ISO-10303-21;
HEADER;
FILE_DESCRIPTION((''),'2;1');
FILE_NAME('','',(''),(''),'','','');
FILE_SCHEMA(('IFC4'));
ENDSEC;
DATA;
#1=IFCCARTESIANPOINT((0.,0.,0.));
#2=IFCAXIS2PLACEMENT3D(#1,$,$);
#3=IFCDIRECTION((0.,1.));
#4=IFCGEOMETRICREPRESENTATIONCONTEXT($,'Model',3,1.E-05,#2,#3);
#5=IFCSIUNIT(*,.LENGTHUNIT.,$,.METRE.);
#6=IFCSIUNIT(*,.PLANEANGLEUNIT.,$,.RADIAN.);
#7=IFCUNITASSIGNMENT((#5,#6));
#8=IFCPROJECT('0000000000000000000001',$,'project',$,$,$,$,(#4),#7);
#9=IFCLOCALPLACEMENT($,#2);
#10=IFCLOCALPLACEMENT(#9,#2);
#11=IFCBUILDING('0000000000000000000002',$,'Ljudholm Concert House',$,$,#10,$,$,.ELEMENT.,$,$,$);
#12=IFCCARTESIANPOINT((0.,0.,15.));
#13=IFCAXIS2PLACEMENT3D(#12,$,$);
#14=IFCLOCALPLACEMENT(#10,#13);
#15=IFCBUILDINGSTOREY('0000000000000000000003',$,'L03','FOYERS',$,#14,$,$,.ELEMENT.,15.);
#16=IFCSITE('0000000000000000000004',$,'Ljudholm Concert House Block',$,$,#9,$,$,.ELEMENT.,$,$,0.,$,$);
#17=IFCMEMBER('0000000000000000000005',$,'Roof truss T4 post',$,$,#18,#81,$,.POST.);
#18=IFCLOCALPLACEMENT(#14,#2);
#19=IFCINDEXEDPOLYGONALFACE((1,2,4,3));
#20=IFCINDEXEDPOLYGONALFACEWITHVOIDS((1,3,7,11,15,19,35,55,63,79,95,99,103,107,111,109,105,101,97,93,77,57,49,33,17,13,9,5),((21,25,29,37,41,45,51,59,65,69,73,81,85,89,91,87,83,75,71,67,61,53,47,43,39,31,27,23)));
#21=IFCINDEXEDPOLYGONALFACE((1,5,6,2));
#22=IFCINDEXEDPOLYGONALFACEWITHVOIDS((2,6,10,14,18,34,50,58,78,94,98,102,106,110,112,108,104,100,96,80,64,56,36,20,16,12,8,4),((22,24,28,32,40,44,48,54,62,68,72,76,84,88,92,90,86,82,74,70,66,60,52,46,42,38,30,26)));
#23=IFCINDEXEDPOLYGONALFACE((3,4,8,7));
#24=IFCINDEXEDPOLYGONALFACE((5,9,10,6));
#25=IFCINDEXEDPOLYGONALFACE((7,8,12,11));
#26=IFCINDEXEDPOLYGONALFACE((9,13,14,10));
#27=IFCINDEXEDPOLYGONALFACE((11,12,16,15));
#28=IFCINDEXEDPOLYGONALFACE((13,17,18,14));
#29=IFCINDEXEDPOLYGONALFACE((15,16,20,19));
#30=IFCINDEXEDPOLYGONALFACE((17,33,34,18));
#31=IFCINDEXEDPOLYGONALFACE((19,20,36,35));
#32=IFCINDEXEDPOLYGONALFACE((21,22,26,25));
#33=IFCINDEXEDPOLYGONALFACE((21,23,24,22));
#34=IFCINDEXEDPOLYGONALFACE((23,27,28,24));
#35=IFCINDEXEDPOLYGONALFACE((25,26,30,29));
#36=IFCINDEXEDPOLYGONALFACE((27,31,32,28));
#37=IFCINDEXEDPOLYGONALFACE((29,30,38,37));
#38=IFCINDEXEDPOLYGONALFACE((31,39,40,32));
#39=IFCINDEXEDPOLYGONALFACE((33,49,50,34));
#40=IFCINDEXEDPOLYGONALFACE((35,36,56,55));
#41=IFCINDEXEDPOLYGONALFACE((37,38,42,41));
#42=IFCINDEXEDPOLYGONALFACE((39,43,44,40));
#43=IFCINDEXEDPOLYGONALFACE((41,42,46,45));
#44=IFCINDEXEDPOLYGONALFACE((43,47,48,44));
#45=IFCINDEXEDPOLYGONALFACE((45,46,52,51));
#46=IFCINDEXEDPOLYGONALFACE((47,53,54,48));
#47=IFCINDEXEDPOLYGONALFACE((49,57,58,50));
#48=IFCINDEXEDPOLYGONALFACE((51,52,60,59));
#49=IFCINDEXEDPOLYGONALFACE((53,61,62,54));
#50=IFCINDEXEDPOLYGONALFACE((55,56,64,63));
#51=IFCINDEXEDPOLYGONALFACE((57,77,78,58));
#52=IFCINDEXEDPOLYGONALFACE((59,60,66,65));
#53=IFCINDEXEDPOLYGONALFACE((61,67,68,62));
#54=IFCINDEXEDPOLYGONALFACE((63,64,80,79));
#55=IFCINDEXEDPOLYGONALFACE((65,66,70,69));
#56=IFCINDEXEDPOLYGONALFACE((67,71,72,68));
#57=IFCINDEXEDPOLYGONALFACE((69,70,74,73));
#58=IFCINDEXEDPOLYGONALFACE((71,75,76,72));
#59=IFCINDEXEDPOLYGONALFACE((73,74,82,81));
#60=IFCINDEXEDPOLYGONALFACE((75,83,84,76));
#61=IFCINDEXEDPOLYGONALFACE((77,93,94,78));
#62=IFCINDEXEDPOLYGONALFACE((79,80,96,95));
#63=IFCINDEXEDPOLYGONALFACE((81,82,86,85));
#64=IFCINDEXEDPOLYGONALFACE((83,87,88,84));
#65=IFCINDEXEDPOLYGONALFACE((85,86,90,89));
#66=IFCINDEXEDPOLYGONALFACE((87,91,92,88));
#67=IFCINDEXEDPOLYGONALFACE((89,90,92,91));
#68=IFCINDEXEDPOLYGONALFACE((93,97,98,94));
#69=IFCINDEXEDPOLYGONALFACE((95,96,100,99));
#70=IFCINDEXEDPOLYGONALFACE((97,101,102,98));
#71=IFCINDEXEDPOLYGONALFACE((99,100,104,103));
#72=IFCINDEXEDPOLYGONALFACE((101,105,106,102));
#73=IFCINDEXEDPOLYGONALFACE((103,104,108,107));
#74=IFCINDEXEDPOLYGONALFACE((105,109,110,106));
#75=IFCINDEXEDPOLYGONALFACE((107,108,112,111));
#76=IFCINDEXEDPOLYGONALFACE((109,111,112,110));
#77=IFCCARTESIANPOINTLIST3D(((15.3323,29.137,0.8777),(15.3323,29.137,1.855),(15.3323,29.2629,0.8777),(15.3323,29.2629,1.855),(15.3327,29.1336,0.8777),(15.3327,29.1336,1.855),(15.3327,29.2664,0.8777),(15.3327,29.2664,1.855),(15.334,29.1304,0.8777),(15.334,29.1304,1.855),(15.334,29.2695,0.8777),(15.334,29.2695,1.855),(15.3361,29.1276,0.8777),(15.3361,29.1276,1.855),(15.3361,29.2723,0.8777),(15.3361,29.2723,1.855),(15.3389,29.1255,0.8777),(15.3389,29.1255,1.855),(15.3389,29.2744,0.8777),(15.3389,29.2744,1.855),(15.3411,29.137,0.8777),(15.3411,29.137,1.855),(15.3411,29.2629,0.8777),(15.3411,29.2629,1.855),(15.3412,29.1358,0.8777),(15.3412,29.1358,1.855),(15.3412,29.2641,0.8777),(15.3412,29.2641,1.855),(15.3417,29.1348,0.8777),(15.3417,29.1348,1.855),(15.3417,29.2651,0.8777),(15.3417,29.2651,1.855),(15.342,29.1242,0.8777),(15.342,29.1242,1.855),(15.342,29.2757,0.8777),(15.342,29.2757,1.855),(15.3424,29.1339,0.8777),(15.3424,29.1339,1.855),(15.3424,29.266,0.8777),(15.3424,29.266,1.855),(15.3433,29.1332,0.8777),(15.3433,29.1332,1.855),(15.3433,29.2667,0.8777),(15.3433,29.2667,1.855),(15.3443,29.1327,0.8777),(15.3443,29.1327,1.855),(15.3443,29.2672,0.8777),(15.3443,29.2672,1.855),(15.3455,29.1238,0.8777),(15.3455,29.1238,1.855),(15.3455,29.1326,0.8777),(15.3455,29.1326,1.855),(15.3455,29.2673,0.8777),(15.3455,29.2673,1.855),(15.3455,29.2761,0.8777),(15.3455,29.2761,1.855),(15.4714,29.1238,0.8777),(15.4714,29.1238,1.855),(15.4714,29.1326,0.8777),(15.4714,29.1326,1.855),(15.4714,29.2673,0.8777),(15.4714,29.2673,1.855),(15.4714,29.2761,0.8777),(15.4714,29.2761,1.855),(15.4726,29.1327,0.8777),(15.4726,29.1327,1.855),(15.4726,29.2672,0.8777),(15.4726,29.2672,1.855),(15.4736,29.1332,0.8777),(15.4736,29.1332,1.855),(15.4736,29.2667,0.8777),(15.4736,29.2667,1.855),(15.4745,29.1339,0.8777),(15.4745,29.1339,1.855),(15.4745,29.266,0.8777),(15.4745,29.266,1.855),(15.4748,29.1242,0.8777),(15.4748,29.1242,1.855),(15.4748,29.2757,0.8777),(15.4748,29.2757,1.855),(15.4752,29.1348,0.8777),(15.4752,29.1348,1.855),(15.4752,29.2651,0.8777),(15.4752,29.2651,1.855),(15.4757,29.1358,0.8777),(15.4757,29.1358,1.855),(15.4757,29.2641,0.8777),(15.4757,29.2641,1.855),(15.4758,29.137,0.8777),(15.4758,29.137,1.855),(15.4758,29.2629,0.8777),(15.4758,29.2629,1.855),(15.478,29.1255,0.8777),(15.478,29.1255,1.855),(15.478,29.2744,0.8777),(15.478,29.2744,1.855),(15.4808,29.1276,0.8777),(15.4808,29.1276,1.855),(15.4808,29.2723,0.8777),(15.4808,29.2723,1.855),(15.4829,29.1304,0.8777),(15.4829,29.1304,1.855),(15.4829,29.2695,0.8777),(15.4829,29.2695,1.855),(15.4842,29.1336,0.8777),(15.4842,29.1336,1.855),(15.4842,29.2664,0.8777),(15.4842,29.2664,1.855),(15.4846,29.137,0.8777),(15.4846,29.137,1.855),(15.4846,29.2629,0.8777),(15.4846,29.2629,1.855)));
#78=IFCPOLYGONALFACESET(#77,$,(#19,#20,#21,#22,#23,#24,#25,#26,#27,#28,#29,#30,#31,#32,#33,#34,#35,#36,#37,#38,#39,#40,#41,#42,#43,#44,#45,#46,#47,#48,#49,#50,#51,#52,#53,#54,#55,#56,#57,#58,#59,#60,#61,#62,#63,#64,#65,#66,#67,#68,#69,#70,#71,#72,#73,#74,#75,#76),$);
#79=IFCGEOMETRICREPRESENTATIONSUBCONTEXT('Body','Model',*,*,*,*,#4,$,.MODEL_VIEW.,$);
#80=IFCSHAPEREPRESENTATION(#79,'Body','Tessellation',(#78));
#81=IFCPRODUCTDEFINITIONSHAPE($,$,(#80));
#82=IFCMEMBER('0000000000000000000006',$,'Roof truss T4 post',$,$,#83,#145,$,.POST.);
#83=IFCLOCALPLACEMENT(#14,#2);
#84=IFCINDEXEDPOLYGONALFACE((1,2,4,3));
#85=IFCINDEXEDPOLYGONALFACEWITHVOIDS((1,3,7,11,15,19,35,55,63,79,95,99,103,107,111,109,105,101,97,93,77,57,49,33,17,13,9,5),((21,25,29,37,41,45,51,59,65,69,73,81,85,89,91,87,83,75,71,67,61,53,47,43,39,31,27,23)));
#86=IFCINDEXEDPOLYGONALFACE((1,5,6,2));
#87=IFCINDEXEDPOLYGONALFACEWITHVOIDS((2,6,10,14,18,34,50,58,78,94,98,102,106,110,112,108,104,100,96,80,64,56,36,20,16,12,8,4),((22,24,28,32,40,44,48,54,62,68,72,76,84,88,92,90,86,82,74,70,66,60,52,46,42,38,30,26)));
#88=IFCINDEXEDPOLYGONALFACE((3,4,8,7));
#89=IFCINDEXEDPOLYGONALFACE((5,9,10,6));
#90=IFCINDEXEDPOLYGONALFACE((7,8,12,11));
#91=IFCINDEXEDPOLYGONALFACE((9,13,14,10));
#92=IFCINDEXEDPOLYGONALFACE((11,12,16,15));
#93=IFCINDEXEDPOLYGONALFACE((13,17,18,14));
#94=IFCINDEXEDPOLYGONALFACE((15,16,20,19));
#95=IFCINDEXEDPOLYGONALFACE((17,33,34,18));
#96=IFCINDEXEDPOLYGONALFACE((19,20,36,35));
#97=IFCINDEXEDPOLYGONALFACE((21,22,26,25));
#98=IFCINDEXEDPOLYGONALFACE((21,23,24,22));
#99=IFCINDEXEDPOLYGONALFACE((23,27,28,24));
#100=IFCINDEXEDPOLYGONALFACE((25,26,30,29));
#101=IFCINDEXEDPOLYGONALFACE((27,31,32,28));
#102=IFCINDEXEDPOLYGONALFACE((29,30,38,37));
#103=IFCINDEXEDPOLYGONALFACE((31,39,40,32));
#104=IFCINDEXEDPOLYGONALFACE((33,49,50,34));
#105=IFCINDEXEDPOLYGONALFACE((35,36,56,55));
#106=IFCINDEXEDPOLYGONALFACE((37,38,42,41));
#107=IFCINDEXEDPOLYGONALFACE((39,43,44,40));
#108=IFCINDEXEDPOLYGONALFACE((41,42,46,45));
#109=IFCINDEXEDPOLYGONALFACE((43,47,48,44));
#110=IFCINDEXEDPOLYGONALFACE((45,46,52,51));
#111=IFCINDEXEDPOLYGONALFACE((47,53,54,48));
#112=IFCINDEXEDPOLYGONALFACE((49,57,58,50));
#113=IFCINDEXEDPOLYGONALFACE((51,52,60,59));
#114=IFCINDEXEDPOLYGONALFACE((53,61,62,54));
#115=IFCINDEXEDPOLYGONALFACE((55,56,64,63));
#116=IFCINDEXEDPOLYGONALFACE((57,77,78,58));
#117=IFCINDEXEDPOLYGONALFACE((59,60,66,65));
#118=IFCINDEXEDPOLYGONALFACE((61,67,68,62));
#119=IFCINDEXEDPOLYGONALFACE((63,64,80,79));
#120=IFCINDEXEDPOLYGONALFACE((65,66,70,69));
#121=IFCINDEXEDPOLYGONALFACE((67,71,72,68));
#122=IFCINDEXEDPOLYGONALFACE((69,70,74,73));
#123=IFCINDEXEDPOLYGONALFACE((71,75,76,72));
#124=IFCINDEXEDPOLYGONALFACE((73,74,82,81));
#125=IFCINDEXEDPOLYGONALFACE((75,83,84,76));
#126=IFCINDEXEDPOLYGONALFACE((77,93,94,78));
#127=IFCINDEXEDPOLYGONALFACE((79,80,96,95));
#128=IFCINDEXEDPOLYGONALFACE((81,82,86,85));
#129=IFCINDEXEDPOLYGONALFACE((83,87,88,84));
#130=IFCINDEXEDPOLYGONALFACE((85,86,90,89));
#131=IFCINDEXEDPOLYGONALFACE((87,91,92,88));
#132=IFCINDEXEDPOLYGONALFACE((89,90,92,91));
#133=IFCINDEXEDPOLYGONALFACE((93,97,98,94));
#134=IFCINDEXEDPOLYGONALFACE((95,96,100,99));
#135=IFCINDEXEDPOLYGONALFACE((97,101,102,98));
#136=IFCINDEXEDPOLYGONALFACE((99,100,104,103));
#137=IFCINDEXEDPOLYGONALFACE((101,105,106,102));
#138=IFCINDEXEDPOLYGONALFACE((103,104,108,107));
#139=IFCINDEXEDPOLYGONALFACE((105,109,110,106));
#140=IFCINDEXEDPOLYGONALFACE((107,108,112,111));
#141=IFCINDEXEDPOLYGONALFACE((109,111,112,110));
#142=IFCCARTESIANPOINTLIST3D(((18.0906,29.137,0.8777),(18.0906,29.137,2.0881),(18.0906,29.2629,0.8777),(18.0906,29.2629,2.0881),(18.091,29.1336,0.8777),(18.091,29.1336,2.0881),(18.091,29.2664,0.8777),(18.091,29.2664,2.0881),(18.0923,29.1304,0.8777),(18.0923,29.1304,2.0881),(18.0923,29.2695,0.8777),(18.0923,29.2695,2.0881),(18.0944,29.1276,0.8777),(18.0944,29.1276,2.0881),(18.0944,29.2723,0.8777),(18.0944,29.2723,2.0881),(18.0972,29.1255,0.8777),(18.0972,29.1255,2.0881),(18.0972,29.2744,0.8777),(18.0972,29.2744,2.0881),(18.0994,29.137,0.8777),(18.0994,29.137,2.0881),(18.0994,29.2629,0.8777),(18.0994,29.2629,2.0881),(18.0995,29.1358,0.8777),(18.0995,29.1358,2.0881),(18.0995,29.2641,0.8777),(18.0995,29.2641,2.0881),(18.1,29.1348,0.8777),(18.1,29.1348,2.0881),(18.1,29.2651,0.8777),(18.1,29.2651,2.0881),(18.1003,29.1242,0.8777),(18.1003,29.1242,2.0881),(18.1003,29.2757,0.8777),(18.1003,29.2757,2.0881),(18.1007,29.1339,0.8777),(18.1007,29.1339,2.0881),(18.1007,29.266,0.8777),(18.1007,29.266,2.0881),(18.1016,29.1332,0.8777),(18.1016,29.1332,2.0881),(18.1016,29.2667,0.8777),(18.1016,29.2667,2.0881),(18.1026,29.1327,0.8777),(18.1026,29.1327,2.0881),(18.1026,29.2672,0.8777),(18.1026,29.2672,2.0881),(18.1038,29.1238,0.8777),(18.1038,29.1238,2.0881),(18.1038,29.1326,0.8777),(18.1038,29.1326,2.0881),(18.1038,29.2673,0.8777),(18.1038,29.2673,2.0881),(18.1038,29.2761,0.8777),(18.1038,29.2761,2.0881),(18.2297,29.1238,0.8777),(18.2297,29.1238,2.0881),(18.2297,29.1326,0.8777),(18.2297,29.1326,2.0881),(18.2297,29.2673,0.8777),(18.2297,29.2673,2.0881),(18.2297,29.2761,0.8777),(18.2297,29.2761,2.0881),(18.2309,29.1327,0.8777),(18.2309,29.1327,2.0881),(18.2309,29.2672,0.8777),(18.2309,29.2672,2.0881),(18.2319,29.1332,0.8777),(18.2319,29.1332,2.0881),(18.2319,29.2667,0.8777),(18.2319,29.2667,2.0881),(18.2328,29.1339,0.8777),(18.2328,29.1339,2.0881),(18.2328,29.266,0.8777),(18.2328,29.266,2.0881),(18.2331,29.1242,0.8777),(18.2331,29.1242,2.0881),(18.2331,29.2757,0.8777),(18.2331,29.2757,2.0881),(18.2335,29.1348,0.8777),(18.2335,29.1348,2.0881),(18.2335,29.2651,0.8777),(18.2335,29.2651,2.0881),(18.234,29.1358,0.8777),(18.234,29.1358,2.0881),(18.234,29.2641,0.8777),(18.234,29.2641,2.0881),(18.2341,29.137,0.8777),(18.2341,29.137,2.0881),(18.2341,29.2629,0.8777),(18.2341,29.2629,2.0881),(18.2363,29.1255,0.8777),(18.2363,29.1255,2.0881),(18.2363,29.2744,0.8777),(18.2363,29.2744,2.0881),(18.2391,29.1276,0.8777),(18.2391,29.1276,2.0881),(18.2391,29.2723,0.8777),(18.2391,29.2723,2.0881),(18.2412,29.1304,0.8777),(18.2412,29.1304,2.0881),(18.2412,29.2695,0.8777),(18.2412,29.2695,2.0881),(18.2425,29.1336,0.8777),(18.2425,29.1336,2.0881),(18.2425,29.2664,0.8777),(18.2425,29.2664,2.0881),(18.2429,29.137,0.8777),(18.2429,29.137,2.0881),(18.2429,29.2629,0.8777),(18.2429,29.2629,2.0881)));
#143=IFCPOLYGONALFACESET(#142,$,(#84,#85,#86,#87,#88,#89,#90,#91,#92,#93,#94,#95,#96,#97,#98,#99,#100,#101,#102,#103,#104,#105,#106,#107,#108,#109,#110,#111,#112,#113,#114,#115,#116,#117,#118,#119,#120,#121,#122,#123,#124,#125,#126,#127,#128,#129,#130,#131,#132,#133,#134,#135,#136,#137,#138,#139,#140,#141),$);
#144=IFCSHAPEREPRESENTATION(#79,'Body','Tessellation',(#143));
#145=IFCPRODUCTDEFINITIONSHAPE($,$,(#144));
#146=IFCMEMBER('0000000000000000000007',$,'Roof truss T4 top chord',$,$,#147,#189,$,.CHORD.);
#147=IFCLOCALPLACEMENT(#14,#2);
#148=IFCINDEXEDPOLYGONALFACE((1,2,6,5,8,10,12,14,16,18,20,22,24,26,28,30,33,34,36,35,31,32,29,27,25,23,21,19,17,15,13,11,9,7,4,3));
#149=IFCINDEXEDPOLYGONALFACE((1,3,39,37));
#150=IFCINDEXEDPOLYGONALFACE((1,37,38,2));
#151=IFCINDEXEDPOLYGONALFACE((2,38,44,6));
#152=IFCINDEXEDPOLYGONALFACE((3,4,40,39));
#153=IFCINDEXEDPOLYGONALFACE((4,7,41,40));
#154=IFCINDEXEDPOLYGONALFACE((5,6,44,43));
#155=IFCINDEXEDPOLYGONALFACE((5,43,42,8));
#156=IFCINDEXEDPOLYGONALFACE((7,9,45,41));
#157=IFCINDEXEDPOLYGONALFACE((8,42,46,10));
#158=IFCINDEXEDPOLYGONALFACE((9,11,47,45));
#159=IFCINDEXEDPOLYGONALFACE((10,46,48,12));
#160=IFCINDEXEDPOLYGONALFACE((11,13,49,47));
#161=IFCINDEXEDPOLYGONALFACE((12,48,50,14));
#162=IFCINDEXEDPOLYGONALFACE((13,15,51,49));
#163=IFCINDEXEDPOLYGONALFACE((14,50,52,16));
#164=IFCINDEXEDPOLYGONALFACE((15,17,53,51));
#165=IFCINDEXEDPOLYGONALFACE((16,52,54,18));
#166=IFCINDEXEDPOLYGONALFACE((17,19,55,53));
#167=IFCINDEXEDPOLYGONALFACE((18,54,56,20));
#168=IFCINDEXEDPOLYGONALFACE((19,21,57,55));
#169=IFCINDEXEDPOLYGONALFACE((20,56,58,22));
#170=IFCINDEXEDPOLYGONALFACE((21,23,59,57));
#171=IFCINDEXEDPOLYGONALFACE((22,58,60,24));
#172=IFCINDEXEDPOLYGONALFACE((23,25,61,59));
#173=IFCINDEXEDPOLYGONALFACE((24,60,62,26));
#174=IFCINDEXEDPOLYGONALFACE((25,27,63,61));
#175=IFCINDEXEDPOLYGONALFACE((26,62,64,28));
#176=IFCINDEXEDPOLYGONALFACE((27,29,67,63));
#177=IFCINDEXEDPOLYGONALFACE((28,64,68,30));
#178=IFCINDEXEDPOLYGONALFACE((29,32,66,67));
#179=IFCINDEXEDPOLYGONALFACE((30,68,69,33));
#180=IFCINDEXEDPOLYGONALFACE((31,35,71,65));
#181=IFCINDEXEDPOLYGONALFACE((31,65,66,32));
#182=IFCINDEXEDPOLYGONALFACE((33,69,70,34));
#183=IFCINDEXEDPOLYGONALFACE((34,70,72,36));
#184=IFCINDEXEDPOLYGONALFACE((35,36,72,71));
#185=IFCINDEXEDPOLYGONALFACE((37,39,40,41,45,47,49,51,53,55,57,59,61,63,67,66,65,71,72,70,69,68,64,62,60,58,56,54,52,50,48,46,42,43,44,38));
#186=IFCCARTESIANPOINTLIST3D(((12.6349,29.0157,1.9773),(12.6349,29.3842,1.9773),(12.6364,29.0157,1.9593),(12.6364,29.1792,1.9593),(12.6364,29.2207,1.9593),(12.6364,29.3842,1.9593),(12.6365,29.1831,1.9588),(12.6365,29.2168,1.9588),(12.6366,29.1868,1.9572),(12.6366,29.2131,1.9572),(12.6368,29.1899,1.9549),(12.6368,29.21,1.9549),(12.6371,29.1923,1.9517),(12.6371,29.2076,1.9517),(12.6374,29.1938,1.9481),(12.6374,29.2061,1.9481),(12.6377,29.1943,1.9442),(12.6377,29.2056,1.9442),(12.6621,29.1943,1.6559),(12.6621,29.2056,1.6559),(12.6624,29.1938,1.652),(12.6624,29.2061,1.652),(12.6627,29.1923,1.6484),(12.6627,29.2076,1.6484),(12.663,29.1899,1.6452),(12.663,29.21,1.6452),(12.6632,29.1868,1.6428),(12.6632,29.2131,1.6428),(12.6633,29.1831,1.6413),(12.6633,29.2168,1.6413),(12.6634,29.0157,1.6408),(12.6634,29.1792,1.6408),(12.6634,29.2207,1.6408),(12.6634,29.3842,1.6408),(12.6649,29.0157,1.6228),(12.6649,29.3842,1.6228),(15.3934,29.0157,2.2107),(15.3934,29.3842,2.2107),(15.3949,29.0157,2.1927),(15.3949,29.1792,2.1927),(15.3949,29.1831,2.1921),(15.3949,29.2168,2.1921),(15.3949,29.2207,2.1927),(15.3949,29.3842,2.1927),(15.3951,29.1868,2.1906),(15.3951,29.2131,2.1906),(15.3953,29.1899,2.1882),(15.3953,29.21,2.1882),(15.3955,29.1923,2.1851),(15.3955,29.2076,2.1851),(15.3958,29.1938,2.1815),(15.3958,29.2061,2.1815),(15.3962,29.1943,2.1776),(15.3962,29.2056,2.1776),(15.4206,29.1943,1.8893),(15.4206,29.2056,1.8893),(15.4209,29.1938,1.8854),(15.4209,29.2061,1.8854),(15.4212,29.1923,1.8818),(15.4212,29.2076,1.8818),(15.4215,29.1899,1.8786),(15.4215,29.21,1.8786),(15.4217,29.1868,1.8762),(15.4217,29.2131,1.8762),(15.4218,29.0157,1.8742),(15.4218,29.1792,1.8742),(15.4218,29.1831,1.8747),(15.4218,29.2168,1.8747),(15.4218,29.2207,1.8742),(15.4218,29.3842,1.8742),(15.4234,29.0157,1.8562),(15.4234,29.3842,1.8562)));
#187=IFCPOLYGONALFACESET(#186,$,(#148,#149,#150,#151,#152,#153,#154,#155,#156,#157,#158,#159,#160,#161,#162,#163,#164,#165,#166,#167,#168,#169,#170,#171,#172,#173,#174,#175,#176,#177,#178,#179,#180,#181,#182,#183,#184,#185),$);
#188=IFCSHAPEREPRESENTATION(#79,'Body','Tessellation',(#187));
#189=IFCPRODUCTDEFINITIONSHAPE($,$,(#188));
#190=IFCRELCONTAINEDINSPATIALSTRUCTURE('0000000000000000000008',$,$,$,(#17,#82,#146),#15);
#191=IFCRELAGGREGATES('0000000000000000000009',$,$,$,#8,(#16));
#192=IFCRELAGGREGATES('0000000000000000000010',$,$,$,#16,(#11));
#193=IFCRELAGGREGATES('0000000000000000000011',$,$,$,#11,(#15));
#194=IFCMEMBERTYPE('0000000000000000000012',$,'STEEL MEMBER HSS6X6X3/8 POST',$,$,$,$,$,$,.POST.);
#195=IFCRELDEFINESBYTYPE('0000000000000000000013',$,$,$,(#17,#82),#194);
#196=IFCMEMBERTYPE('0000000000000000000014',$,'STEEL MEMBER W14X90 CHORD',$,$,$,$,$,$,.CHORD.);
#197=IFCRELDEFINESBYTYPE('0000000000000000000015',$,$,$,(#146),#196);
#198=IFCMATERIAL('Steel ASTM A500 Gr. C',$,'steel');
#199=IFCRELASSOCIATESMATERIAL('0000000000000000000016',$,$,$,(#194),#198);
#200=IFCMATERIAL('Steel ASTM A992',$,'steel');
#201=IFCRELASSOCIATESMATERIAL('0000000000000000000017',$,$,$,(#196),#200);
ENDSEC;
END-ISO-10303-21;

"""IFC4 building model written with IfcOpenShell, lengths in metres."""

from ifc_helpers import new_model, si_unit, direction, frame, origin, origin_2d, place, context, subcontext, project, spatial, hollow_rectangle, i_section, extrude, material, material_profile, profile_set, type_object, element, save


model = new_model("IFC4")

# Units and contexts
model_context = context("Model", 3, precision=1e-05, world=origin(), true_north=direction((0.0, 1.0)))
body_context = subcontext(model_context, "Body", "Model", "MODEL_VIEW")
ifc_project = project(units=[si_unit("LENGTHUNIT", "METRE"), si_unit("PLANEANGLEUNIT", "RADIAN")], contexts=[model_context])

# Site, building, storey
site_placement = place(None, origin())
site = spatial("IfcSite", under=ifc_project, at=site_placement, Name="Ljudholm Concert House Block", CompositionType="ELEMENT", RefElevation=0.0)
building_placement = place(site_placement, origin())
building = spatial("IfcBuilding", under=site, at=building_placement, Name="Ljudholm Concert House", CompositionType="ELEMENT")
storey_placement = place(building_placement, frame((0.0, 0.0, 15.0)))
storey = spatial("IfcBuildingStorey", under=building, at=storey_placement, Name="L03", Description="FOYERS", CompositionType="ELEMENT", Elevation=15.0)

# Members
ifc_material_1 = material(Name="Steel ASTM A500 Gr. C", Category="steel")
ifc_material_profile_1 = material_profile(ifc_material_1, hollow_rectangle(XDim=0.1523, YDim=0.1523, WallThickness=0.0088, InnerFilletRadius=0.0044, OuterFilletRadius=0.0132, at=origin_2d()), Name="HSS6X6X3/8")
ifc_profile_set_1 = profile_set([ifc_material_profile_1], Name="Steel ASTM A500 Gr. C")
member_type_1 = type_object("IfcMemberType", Name="STEEL MEMBER HSS6X6X3/8 POST", PredefinedType="POST", material=ifc_profile_set_1)
member_1_placement = place(storey_placement, frame((15.4084, 29.2, 0.8777), z_axis=(0.0, 0.0, 1.0), x_axis=(1.0, 0.0, 0.0)))
element("IfcMember", 1, at=member_1_placement, inside=storey, type_object=member_type_1, Name="Roof truss T4 post", PredefinedType="POST", context=body_context, shape_type="SweptSolid", body=[
    extrude(hollow_rectangle(XDim=0.1523, YDim=0.1523, WallThickness=0.0088, InnerFilletRadius=0.0044, OuterFilletRadius=0.0132, at=origin_2d()), origin(), (0.0, 0.0, 1.0), 0.9773),
])
member_2_placement = place(storey_placement, frame((18.1667, 29.2, 0.8777), z_axis=(0.0, 0.0, 1.0), x_axis=(1.0, 0.0, 0.0)))
element("IfcMember", 2, at=member_2_placement, inside=storey, type_object=member_type_1, Name="Roof truss T4 post", PredefinedType="POST", context=body_context, shape_type="SweptSolid", body=[
    extrude(hollow_rectangle(XDim=0.1523, YDim=0.1523, WallThickness=0.0088, InnerFilletRadius=0.0044, OuterFilletRadius=0.0132, at=origin_2d()), origin(), (0.0, 0.0, 1.0), 1.2104),
])
ifc_material_2 = material(Name="Steel ASTM A992", Category="steel")
ifc_material_profile_2 = material_profile(ifc_material_2, i_section(OverallWidth=0.3684, OverallDepth=0.3557, WebThickness=0.0112, FlangeThickness=0.0181, FilletRadius=0.0151, at=origin_2d()), Name="W14X90")
ifc_profile_set_2 = profile_set([ifc_material_profile_2], Name="Steel ASTM A992")
member_type_2 = type_object("IfcMemberType", Name="STEEL MEMBER W14X90 CHORD", PredefinedType="CHORD", material=ifc_profile_set_2)
member_3_placement = place(storey_placement, frame((12.6499, 29.2, 1.8), z_axis=(0.99644, 0.0, 0.084308), x_axis=(0.0, 1.0, 0.0)))
element("IfcMember", 3, at=member_3_placement, inside=storey, type_object=member_type_2, Name="Roof truss T4 top chord", PredefinedType="CHORD", context=body_context, shape_type="SweptSolid", body=[
    extrude(i_section(OverallWidth=0.3684, OverallDepth=0.3557, WebThickness=0.0112, FlangeThickness=0.0181, FilletRadius=0.0151, at=origin_2d()), origin(), (0.0, 0.0, 1.0), 2.7683),
])

save(model, "model.ifc")
